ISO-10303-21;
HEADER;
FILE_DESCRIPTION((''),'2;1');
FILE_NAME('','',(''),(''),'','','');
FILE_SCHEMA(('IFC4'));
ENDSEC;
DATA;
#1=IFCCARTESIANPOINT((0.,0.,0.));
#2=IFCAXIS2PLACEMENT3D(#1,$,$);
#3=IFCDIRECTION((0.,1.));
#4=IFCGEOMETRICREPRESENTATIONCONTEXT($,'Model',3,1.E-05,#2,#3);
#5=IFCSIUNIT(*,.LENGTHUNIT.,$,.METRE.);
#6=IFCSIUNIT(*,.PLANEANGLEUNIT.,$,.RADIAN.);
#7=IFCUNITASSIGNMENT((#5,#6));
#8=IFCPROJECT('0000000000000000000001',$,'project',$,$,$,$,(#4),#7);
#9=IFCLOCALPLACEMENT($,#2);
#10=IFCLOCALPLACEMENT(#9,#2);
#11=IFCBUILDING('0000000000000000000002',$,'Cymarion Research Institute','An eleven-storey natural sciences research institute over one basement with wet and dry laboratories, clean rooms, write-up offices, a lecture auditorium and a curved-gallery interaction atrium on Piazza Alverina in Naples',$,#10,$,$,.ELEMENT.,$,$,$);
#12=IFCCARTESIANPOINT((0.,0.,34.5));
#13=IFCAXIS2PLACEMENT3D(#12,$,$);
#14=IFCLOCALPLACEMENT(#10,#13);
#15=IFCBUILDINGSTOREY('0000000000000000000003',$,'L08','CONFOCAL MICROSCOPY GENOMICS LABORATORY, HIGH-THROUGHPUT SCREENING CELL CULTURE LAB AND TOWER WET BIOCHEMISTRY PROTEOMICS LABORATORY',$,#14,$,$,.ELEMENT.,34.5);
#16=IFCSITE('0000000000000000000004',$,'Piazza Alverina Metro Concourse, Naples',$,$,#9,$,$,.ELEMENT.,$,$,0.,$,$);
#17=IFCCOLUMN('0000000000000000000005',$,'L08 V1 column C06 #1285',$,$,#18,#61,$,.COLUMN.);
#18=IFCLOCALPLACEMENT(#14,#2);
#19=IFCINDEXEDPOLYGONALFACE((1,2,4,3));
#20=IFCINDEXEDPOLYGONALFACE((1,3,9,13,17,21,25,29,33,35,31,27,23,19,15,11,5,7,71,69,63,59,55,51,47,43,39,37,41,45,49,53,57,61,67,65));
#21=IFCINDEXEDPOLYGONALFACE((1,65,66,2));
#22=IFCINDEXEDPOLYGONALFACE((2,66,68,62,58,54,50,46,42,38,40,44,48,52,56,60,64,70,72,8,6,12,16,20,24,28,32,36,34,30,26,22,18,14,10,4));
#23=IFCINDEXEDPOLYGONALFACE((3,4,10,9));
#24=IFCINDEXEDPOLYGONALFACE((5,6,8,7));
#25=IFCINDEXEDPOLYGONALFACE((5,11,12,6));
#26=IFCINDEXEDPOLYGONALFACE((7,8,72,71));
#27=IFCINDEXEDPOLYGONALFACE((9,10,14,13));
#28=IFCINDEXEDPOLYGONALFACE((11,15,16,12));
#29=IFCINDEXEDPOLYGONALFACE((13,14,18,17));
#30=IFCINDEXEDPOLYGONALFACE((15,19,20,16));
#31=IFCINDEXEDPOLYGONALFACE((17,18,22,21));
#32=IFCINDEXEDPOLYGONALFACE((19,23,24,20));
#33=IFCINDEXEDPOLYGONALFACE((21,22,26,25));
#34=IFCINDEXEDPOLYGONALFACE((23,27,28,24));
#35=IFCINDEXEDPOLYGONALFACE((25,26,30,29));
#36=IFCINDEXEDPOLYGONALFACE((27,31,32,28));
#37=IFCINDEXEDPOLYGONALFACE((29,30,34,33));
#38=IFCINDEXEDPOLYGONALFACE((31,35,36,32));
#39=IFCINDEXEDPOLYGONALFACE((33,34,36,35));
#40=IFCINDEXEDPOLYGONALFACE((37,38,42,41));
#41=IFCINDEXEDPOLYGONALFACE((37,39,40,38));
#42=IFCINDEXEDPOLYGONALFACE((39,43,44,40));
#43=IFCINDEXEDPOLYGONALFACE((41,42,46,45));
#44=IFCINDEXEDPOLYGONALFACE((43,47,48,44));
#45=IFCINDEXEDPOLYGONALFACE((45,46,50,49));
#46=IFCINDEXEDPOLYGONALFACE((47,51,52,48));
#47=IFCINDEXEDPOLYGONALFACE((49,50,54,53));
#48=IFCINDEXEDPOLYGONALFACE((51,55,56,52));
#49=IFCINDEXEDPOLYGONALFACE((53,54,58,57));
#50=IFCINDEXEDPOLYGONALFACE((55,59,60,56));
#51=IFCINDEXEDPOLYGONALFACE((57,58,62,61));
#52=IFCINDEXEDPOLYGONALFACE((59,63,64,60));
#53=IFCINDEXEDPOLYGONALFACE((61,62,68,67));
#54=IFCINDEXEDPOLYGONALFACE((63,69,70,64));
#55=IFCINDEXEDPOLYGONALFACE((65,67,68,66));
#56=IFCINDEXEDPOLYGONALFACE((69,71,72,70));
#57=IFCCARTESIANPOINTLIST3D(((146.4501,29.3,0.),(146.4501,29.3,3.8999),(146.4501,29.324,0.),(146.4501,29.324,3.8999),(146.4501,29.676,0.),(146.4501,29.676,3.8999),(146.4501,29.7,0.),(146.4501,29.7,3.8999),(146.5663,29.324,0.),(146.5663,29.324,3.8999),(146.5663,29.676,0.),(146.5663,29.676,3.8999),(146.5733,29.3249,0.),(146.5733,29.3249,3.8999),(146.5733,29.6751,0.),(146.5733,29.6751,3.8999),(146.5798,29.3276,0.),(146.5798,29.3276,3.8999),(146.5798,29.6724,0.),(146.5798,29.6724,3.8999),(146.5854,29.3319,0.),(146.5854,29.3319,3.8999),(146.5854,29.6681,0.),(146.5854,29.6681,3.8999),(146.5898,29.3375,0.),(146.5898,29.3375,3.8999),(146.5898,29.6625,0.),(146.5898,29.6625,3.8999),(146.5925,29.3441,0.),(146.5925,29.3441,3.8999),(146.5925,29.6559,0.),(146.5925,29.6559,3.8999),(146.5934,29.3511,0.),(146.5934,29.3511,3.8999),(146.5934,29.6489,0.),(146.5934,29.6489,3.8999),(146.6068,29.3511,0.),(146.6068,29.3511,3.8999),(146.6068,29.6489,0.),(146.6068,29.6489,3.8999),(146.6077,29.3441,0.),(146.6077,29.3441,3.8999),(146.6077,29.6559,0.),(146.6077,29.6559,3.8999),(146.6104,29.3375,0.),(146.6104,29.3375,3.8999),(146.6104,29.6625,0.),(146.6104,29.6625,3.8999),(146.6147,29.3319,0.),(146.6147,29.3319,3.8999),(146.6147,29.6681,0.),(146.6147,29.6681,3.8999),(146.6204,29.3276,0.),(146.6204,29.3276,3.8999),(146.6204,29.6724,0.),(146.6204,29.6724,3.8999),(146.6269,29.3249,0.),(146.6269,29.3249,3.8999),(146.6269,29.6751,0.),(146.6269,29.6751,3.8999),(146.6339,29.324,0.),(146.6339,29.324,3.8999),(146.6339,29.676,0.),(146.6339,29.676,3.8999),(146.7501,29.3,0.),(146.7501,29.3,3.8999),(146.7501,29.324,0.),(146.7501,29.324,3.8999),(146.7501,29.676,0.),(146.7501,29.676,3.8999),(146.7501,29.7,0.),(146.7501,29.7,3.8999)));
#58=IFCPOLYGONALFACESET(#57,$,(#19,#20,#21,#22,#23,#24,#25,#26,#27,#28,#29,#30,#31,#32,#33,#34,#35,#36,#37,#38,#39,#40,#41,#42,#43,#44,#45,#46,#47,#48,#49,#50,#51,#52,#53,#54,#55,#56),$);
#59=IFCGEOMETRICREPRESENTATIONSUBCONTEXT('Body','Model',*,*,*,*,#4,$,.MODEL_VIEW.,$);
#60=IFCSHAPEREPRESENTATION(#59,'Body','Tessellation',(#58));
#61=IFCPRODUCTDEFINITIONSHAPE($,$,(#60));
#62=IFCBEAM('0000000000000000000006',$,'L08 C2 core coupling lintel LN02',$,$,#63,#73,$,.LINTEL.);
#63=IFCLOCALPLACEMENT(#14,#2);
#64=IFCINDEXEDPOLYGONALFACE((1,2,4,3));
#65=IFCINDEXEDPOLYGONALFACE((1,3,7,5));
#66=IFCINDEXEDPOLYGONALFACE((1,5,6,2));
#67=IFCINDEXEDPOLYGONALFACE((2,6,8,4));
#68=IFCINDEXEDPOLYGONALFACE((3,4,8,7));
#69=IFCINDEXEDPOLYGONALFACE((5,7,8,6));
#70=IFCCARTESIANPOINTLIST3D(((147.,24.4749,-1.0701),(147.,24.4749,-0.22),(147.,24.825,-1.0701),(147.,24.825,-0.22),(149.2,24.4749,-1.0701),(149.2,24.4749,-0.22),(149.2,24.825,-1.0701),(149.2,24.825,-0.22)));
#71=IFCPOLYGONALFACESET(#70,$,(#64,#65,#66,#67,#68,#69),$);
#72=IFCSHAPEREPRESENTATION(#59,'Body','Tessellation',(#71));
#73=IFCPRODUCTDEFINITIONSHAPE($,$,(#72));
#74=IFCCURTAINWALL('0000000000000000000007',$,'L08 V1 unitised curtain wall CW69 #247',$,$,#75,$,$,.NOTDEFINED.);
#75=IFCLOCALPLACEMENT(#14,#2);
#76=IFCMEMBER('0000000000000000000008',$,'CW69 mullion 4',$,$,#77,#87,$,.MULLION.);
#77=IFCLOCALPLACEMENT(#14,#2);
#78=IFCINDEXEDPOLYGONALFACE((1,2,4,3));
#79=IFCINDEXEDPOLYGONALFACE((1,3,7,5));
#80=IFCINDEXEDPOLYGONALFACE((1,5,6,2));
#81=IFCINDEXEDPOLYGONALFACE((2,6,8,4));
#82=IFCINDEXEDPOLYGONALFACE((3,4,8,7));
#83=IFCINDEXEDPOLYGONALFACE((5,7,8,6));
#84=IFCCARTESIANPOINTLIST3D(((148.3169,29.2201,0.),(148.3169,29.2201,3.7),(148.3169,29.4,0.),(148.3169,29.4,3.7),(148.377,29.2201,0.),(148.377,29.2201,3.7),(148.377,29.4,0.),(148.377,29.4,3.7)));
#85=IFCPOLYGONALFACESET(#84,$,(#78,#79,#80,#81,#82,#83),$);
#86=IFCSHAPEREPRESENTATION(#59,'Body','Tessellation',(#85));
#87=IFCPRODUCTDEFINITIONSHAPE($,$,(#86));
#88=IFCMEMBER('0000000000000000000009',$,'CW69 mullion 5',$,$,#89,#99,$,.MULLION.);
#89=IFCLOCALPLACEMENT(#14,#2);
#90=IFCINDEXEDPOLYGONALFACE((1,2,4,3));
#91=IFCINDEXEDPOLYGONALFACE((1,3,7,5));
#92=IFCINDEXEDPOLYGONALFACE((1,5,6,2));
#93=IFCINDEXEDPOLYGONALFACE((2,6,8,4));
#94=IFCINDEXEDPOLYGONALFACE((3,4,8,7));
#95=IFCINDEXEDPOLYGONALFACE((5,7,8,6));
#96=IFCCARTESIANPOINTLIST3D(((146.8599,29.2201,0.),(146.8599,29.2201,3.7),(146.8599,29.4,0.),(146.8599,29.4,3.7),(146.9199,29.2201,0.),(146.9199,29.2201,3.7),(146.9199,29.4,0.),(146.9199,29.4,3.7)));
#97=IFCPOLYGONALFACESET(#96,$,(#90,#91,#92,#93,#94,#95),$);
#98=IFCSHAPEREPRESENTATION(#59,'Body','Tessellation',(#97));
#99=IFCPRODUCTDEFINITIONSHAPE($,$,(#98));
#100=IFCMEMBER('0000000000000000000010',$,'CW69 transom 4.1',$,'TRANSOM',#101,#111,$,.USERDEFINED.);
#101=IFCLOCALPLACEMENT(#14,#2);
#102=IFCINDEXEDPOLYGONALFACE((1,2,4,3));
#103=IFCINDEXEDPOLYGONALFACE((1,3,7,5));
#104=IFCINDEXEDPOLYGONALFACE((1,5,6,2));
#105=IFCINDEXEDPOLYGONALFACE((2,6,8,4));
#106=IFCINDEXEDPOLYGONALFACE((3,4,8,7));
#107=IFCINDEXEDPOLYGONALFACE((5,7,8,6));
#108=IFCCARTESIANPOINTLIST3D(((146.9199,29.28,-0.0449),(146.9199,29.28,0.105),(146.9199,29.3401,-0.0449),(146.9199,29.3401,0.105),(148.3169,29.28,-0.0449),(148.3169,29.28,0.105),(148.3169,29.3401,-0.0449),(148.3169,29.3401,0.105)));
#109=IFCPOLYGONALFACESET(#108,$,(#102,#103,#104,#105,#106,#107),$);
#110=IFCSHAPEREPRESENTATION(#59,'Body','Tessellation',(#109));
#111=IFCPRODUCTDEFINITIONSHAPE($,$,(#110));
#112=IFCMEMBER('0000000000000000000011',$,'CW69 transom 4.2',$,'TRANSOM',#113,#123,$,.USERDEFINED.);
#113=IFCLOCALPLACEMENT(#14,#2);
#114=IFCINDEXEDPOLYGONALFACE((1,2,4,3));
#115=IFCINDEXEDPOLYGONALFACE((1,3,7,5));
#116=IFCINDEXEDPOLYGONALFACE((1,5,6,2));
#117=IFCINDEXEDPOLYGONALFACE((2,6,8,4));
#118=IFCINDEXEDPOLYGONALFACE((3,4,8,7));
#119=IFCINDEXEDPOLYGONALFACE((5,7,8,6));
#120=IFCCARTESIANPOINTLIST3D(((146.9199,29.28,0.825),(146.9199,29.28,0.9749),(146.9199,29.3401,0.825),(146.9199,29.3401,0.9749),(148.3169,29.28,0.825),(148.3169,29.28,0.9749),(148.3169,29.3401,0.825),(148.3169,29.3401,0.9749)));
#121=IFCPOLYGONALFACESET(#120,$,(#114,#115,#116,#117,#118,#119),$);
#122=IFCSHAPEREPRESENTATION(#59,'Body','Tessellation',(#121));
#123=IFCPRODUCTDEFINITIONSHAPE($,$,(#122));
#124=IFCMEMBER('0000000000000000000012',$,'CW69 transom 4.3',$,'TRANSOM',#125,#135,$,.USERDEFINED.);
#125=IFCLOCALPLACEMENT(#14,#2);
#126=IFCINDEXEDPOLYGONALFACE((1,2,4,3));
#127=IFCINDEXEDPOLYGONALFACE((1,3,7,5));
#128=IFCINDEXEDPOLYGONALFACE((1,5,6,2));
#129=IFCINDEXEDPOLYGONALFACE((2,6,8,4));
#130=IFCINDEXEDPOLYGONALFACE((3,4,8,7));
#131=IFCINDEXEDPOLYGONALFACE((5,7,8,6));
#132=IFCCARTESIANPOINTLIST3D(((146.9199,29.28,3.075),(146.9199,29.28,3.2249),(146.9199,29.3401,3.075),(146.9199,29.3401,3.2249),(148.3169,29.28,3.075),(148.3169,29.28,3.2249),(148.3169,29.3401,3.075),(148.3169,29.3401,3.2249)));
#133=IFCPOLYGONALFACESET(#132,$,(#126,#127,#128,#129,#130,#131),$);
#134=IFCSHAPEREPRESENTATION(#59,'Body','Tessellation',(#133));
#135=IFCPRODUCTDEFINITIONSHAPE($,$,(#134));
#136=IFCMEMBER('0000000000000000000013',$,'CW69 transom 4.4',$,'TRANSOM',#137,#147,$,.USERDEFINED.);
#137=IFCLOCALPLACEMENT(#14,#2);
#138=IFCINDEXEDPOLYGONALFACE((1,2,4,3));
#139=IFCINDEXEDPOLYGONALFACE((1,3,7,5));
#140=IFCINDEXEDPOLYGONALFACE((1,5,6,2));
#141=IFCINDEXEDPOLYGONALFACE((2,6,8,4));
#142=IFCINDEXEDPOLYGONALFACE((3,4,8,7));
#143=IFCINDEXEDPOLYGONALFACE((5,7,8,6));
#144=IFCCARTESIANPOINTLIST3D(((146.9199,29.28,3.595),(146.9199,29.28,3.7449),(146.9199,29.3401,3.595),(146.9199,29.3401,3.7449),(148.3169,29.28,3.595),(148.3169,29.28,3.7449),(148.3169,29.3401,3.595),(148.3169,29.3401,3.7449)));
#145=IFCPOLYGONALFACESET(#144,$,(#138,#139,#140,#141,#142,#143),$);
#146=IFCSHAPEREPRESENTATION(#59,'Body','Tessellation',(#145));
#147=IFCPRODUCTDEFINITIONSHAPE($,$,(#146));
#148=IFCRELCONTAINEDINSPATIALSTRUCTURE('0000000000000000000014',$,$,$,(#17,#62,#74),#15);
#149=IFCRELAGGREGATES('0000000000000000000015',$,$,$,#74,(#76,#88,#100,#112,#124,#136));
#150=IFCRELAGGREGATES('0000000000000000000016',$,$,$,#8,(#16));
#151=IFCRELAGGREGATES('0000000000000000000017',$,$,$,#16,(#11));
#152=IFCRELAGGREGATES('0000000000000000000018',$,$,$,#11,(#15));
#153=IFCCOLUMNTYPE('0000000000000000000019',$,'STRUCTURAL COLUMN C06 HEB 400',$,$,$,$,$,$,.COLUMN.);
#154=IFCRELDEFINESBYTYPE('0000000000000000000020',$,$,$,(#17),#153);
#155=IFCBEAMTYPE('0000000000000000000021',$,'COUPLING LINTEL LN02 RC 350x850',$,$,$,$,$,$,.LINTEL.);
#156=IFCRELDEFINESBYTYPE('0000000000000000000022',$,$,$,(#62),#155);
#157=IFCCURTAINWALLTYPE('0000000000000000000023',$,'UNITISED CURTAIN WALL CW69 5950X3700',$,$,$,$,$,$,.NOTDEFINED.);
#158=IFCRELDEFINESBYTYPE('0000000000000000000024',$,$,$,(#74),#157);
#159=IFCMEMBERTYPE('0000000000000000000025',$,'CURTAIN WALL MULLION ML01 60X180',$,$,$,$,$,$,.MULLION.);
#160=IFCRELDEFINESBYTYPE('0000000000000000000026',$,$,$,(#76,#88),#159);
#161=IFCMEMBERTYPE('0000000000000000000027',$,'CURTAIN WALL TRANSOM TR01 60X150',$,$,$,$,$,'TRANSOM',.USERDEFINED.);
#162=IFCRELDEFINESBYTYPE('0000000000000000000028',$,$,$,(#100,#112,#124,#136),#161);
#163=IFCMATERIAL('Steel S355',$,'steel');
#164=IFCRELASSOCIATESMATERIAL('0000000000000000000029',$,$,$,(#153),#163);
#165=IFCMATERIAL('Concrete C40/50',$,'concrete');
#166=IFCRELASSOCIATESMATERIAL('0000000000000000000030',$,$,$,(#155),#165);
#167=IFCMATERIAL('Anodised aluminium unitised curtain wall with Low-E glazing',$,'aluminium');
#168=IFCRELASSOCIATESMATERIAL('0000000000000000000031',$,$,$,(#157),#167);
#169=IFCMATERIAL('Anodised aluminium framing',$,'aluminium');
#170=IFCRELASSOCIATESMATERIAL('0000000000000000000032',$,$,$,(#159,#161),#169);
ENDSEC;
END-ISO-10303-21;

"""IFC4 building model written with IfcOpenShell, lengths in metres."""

from ifc_helpers import new_model, si_unit, direction, frame, origin, origin_2d, place, context, subcontext, project, spatial, rectangle, i_section, extrude, material, material_profile, profile_set, type_object, element, aggregate, save


model = new_model("IFC4")

# Units and contexts
model_context = context("Model", 3, precision=1e-05, world=origin(), true_north=direction((0.0, 1.0)))
body_context = subcontext(model_context, "Body", "Model", "MODEL_VIEW")
ifc_project = project(units=[si_unit("LENGTHUNIT", "METRE"), si_unit("PLANEANGLEUNIT", "RADIAN")], contexts=[model_context])

# Site, building, storey
site_placement = place(None, origin())
site = spatial("IfcSite", under=ifc_project, at=site_placement, Name="Piazza Alverina Metro Concourse, Naples", CompositionType="ELEMENT", RefElevation=0.0)
building_placement = place(site_placement, origin())
building = spatial("IfcBuilding", under=site, at=building_placement, Name="Cymarion Research Institute", Description="An eleven-storey natural sciences research institute over one basement with wet and dry laboratories, clean rooms, write-up offices, a lecture auditorium and a curved-gallery interaction atrium on Piazza Alverina in Naples", CompositionType="ELEMENT")
storey_placement = place(building_placement, frame((0.0, 0.0, 34.5)))
storey = spatial("IfcBuildingStorey", under=building, at=storey_placement, Name="L08", Description="CONFOCAL MICROSCOPY GENOMICS LABORATORY, HIGH-THROUGHPUT SCREENING CELL CULTURE LAB AND TOWER WET BIOCHEMISTRY PROTEOMICS LABORATORY", CompositionType="ELEMENT", Elevation=34.5)

# Column
ifc_material_1 = material(Name="Steel S355", Category="steel")
ifc_material_profile_1 = material_profile(ifc_material_1, i_section(OverallWidth=0.3, OverallDepth=0.3999, WebThickness=0.0134, FlangeThickness=0.0239, FilletRadius=0.0271, at=origin_2d()), Name="HEB 400")
ifc_profile_set_1 = profile_set([ifc_material_profile_1], Name="Steel S355")
column_type = type_object("IfcColumnType", Name="STRUCTURAL COLUMN C06 HEB 400", PredefinedType="COLUMN", material=ifc_profile_set_1)
column_placement = place(storey_placement, frame((146.6001, 29.5, 0.0), z_axis=(0.0, 0.0, 1.0), x_axis=(1.0, 0.0, 0.0)))
element("IfcColumn", 1, at=column_placement, inside=storey, type_object=column_type, Name="L08 V1 column C06 #1285", PredefinedType="COLUMN", context=body_context, shape_type="SweptSolid", body=[
    extrude(i_section(OverallWidth=0.3, OverallDepth=0.3999, WebThickness=0.0134, FlangeThickness=0.0239, FilletRadius=0.0271, at=origin_2d()), origin(), (0.0, 0.0, 1.0), 3.8999),
])

# Beam
ifc_material_2 = material(Name="Concrete C40/50", Category="concrete")
ifc_material_profile_2 = material_profile(ifc_material_2, rectangle(XDim=0.3501, YDim=0.8501, at=origin_2d()), Name="RC 350x850")
ifc_profile_set_2 = profile_set([ifc_material_profile_2], Name="Concrete C40/50")
beam_type_1 = type_object("IfcBeamType", Name="COUPLING LINTEL LN02 RC 350x850", PredefinedType="LINTEL", material=ifc_profile_set_2)
beam_1_placement = place(storey_placement, frame((147.0, 24.6499, -0.645), z_axis=(1.0, 0.0, 0.0), x_axis=(0.0, 1.0, 0.0)))
element("IfcBeam", 2, at=beam_1_placement, inside=storey, type_object=beam_type_1, Name="L08 C2 core coupling lintel LN02", PredefinedType="LINTEL", context=body_context, shape_type="SweptSolid", body=[
    extrude(rectangle(XDim=0.3501, YDim=0.8501, at=origin_2d()), origin(), (0.0, 0.0, 1.0), 2.2),
])

# Curtain wall, members
ifc_material_3 = material(Name="Anodised aluminium unitised curtain wall with Low-E glazing", Category="aluminium")
curtain_wall_type = type_object("IfcCurtainWallType", Name="UNITISED CURTAIN WALL CW69 5950X3700", PredefinedType="NOTDEFINED", material=ifc_material_3)
curtain_wall_placement = place(storey_placement, origin())
curtain_wall = element("IfcCurtainWall", 3, at=curtain_wall_placement, inside=storey, type_object=curtain_wall_type, Name="L08 V1 unitised curtain wall CW69 #247", PredefinedType="NOTDEFINED")
ifc_material_4 = material(Name="Anodised aluminium framing", Category="aluminium")
ifc_material_profile_3 = material_profile(ifc_material_4, rectangle(XDim=0.0601, YDim=0.1799, at=origin_2d()), Name="ALU MULLION 60x180")
ifc_profile_set_3 = profile_set([ifc_material_profile_3], Name="Anodised aluminium framing")
member_type_1 = type_object("IfcMemberType", Name="CURTAIN WALL MULLION ML01 60X180", PredefinedType="MULLION", material=ifc_profile_set_3)
member_1_placement = place(storey_placement, frame((148.3469, 29.3101, 0.0), z_axis=(0.0, 0.0, 1.0), x_axis=(-1.0, 0.0, 0.0)))
member_1 = element("IfcMember", 4, at=member_1_placement, type_object=member_type_1, Name="CW69 mullion 4", PredefinedType="MULLION", context=body_context, shape_type="SweptSolid", body=[
    extrude(rectangle(XDim=0.0601, YDim=0.1799, at=origin_2d()), origin(), (0.0, 0.0, 1.0), 3.7),
])
member_2_placement = place(storey_placement, frame((146.8899, 29.3101, 0.0), z_axis=(0.0, 0.0, 1.0), x_axis=(-1.0, 0.0, 0.0)))
member_2 = element("IfcMember", 5, at=member_2_placement, type_object=member_type_1, Name="CW69 mullion 5", PredefinedType="MULLION", context=body_context, shape_type="SweptSolid", body=[
    extrude(rectangle(XDim=0.0601, YDim=0.1799, at=origin_2d()), origin(), (0.0, 0.0, 1.0), 3.7),
])
ifc_material_profile_4 = material_profile(ifc_material_4, rectangle(XDim=0.0601, YDim=0.1499, at=origin_2d()), Name="ALU TRANSOM 60x150")
ifc_profile_set_4 = profile_set([ifc_material_profile_4], Name="Anodised aluminium framing")
member_type_2 = type_object("IfcMemberType", Name="CURTAIN WALL TRANSOM TR01 60X150", ElementType="TRANSOM", PredefinedType="USERDEFINED", material=ifc_profile_set_4)
member_3_placement = place(storey_placement, frame((148.3169, 29.3101, 0.03), z_axis=(-1.0, 0.0, 0.0), x_axis=(0.0, -1.0, 0.0)))
member_3 = element("IfcMember", 6, at=member_3_placement, type_object=member_type_2, Name="CW69 transom 4.1", ObjectType="TRANSOM", PredefinedType="USERDEFINED", context=body_context, shape_type="SweptSolid", body=[
    extrude(rectangle(XDim=0.0601, YDim=0.1499, at=origin_2d()), origin(), (0.0, 0.0, 1.0), 1.397),
])
member_4_placement = place(storey_placement, frame((148.3169, 29.3101, 0.8999), z_axis=(-1.0, 0.0, 0.0), x_axis=(0.0, -1.0, 0.0)))
member_4 = element("IfcMember", 7, at=member_4_placement, type_object=member_type_2, Name="CW69 transom 4.2", ObjectType="TRANSOM", PredefinedType="USERDEFINED", context=body_context, shape_type="SweptSolid", body=[
    extrude(rectangle(XDim=0.0601, YDim=0.1499, at=origin_2d()), origin(), (0.0, 0.0, 1.0), 1.397),
])
member_5_placement = place(storey_placement, frame((148.3169, 29.3101, 3.1499), z_axis=(-1.0, 0.0, 0.0), x_axis=(0.0, -1.0, 0.0)))
member_5 = element("IfcMember", 8, at=member_5_placement, type_object=member_type_2, Name="CW69 transom 4.3", ObjectType="TRANSOM", PredefinedType="USERDEFINED", context=body_context, shape_type="SweptSolid", body=[
    extrude(rectangle(XDim=0.0601, YDim=0.1499, at=origin_2d()), origin(), (0.0, 0.0, 1.0), 1.397),
])
member_6_placement = place(storey_placement, frame((148.3169, 29.3101, 3.6699), z_axis=(-1.0, 0.0, 0.0), x_axis=(0.0, -1.0, 0.0)))
member_6 = element("IfcMember", 9, at=member_6_placement, type_object=member_type_2, Name="CW69 transom 4.4", ObjectType="TRANSOM", PredefinedType="USERDEFINED", context=body_context, shape_type="SweptSolid", body=[
    extrude(rectangle(XDim=0.0601, YDim=0.1499, at=origin_2d()), origin(), (0.0, 0.0, 1.0), 1.397),
])

aggregate(curtain_wall, [member_1, member_2, member_3, member_4, member_5, member_6])

save(model, "model.ifc")
